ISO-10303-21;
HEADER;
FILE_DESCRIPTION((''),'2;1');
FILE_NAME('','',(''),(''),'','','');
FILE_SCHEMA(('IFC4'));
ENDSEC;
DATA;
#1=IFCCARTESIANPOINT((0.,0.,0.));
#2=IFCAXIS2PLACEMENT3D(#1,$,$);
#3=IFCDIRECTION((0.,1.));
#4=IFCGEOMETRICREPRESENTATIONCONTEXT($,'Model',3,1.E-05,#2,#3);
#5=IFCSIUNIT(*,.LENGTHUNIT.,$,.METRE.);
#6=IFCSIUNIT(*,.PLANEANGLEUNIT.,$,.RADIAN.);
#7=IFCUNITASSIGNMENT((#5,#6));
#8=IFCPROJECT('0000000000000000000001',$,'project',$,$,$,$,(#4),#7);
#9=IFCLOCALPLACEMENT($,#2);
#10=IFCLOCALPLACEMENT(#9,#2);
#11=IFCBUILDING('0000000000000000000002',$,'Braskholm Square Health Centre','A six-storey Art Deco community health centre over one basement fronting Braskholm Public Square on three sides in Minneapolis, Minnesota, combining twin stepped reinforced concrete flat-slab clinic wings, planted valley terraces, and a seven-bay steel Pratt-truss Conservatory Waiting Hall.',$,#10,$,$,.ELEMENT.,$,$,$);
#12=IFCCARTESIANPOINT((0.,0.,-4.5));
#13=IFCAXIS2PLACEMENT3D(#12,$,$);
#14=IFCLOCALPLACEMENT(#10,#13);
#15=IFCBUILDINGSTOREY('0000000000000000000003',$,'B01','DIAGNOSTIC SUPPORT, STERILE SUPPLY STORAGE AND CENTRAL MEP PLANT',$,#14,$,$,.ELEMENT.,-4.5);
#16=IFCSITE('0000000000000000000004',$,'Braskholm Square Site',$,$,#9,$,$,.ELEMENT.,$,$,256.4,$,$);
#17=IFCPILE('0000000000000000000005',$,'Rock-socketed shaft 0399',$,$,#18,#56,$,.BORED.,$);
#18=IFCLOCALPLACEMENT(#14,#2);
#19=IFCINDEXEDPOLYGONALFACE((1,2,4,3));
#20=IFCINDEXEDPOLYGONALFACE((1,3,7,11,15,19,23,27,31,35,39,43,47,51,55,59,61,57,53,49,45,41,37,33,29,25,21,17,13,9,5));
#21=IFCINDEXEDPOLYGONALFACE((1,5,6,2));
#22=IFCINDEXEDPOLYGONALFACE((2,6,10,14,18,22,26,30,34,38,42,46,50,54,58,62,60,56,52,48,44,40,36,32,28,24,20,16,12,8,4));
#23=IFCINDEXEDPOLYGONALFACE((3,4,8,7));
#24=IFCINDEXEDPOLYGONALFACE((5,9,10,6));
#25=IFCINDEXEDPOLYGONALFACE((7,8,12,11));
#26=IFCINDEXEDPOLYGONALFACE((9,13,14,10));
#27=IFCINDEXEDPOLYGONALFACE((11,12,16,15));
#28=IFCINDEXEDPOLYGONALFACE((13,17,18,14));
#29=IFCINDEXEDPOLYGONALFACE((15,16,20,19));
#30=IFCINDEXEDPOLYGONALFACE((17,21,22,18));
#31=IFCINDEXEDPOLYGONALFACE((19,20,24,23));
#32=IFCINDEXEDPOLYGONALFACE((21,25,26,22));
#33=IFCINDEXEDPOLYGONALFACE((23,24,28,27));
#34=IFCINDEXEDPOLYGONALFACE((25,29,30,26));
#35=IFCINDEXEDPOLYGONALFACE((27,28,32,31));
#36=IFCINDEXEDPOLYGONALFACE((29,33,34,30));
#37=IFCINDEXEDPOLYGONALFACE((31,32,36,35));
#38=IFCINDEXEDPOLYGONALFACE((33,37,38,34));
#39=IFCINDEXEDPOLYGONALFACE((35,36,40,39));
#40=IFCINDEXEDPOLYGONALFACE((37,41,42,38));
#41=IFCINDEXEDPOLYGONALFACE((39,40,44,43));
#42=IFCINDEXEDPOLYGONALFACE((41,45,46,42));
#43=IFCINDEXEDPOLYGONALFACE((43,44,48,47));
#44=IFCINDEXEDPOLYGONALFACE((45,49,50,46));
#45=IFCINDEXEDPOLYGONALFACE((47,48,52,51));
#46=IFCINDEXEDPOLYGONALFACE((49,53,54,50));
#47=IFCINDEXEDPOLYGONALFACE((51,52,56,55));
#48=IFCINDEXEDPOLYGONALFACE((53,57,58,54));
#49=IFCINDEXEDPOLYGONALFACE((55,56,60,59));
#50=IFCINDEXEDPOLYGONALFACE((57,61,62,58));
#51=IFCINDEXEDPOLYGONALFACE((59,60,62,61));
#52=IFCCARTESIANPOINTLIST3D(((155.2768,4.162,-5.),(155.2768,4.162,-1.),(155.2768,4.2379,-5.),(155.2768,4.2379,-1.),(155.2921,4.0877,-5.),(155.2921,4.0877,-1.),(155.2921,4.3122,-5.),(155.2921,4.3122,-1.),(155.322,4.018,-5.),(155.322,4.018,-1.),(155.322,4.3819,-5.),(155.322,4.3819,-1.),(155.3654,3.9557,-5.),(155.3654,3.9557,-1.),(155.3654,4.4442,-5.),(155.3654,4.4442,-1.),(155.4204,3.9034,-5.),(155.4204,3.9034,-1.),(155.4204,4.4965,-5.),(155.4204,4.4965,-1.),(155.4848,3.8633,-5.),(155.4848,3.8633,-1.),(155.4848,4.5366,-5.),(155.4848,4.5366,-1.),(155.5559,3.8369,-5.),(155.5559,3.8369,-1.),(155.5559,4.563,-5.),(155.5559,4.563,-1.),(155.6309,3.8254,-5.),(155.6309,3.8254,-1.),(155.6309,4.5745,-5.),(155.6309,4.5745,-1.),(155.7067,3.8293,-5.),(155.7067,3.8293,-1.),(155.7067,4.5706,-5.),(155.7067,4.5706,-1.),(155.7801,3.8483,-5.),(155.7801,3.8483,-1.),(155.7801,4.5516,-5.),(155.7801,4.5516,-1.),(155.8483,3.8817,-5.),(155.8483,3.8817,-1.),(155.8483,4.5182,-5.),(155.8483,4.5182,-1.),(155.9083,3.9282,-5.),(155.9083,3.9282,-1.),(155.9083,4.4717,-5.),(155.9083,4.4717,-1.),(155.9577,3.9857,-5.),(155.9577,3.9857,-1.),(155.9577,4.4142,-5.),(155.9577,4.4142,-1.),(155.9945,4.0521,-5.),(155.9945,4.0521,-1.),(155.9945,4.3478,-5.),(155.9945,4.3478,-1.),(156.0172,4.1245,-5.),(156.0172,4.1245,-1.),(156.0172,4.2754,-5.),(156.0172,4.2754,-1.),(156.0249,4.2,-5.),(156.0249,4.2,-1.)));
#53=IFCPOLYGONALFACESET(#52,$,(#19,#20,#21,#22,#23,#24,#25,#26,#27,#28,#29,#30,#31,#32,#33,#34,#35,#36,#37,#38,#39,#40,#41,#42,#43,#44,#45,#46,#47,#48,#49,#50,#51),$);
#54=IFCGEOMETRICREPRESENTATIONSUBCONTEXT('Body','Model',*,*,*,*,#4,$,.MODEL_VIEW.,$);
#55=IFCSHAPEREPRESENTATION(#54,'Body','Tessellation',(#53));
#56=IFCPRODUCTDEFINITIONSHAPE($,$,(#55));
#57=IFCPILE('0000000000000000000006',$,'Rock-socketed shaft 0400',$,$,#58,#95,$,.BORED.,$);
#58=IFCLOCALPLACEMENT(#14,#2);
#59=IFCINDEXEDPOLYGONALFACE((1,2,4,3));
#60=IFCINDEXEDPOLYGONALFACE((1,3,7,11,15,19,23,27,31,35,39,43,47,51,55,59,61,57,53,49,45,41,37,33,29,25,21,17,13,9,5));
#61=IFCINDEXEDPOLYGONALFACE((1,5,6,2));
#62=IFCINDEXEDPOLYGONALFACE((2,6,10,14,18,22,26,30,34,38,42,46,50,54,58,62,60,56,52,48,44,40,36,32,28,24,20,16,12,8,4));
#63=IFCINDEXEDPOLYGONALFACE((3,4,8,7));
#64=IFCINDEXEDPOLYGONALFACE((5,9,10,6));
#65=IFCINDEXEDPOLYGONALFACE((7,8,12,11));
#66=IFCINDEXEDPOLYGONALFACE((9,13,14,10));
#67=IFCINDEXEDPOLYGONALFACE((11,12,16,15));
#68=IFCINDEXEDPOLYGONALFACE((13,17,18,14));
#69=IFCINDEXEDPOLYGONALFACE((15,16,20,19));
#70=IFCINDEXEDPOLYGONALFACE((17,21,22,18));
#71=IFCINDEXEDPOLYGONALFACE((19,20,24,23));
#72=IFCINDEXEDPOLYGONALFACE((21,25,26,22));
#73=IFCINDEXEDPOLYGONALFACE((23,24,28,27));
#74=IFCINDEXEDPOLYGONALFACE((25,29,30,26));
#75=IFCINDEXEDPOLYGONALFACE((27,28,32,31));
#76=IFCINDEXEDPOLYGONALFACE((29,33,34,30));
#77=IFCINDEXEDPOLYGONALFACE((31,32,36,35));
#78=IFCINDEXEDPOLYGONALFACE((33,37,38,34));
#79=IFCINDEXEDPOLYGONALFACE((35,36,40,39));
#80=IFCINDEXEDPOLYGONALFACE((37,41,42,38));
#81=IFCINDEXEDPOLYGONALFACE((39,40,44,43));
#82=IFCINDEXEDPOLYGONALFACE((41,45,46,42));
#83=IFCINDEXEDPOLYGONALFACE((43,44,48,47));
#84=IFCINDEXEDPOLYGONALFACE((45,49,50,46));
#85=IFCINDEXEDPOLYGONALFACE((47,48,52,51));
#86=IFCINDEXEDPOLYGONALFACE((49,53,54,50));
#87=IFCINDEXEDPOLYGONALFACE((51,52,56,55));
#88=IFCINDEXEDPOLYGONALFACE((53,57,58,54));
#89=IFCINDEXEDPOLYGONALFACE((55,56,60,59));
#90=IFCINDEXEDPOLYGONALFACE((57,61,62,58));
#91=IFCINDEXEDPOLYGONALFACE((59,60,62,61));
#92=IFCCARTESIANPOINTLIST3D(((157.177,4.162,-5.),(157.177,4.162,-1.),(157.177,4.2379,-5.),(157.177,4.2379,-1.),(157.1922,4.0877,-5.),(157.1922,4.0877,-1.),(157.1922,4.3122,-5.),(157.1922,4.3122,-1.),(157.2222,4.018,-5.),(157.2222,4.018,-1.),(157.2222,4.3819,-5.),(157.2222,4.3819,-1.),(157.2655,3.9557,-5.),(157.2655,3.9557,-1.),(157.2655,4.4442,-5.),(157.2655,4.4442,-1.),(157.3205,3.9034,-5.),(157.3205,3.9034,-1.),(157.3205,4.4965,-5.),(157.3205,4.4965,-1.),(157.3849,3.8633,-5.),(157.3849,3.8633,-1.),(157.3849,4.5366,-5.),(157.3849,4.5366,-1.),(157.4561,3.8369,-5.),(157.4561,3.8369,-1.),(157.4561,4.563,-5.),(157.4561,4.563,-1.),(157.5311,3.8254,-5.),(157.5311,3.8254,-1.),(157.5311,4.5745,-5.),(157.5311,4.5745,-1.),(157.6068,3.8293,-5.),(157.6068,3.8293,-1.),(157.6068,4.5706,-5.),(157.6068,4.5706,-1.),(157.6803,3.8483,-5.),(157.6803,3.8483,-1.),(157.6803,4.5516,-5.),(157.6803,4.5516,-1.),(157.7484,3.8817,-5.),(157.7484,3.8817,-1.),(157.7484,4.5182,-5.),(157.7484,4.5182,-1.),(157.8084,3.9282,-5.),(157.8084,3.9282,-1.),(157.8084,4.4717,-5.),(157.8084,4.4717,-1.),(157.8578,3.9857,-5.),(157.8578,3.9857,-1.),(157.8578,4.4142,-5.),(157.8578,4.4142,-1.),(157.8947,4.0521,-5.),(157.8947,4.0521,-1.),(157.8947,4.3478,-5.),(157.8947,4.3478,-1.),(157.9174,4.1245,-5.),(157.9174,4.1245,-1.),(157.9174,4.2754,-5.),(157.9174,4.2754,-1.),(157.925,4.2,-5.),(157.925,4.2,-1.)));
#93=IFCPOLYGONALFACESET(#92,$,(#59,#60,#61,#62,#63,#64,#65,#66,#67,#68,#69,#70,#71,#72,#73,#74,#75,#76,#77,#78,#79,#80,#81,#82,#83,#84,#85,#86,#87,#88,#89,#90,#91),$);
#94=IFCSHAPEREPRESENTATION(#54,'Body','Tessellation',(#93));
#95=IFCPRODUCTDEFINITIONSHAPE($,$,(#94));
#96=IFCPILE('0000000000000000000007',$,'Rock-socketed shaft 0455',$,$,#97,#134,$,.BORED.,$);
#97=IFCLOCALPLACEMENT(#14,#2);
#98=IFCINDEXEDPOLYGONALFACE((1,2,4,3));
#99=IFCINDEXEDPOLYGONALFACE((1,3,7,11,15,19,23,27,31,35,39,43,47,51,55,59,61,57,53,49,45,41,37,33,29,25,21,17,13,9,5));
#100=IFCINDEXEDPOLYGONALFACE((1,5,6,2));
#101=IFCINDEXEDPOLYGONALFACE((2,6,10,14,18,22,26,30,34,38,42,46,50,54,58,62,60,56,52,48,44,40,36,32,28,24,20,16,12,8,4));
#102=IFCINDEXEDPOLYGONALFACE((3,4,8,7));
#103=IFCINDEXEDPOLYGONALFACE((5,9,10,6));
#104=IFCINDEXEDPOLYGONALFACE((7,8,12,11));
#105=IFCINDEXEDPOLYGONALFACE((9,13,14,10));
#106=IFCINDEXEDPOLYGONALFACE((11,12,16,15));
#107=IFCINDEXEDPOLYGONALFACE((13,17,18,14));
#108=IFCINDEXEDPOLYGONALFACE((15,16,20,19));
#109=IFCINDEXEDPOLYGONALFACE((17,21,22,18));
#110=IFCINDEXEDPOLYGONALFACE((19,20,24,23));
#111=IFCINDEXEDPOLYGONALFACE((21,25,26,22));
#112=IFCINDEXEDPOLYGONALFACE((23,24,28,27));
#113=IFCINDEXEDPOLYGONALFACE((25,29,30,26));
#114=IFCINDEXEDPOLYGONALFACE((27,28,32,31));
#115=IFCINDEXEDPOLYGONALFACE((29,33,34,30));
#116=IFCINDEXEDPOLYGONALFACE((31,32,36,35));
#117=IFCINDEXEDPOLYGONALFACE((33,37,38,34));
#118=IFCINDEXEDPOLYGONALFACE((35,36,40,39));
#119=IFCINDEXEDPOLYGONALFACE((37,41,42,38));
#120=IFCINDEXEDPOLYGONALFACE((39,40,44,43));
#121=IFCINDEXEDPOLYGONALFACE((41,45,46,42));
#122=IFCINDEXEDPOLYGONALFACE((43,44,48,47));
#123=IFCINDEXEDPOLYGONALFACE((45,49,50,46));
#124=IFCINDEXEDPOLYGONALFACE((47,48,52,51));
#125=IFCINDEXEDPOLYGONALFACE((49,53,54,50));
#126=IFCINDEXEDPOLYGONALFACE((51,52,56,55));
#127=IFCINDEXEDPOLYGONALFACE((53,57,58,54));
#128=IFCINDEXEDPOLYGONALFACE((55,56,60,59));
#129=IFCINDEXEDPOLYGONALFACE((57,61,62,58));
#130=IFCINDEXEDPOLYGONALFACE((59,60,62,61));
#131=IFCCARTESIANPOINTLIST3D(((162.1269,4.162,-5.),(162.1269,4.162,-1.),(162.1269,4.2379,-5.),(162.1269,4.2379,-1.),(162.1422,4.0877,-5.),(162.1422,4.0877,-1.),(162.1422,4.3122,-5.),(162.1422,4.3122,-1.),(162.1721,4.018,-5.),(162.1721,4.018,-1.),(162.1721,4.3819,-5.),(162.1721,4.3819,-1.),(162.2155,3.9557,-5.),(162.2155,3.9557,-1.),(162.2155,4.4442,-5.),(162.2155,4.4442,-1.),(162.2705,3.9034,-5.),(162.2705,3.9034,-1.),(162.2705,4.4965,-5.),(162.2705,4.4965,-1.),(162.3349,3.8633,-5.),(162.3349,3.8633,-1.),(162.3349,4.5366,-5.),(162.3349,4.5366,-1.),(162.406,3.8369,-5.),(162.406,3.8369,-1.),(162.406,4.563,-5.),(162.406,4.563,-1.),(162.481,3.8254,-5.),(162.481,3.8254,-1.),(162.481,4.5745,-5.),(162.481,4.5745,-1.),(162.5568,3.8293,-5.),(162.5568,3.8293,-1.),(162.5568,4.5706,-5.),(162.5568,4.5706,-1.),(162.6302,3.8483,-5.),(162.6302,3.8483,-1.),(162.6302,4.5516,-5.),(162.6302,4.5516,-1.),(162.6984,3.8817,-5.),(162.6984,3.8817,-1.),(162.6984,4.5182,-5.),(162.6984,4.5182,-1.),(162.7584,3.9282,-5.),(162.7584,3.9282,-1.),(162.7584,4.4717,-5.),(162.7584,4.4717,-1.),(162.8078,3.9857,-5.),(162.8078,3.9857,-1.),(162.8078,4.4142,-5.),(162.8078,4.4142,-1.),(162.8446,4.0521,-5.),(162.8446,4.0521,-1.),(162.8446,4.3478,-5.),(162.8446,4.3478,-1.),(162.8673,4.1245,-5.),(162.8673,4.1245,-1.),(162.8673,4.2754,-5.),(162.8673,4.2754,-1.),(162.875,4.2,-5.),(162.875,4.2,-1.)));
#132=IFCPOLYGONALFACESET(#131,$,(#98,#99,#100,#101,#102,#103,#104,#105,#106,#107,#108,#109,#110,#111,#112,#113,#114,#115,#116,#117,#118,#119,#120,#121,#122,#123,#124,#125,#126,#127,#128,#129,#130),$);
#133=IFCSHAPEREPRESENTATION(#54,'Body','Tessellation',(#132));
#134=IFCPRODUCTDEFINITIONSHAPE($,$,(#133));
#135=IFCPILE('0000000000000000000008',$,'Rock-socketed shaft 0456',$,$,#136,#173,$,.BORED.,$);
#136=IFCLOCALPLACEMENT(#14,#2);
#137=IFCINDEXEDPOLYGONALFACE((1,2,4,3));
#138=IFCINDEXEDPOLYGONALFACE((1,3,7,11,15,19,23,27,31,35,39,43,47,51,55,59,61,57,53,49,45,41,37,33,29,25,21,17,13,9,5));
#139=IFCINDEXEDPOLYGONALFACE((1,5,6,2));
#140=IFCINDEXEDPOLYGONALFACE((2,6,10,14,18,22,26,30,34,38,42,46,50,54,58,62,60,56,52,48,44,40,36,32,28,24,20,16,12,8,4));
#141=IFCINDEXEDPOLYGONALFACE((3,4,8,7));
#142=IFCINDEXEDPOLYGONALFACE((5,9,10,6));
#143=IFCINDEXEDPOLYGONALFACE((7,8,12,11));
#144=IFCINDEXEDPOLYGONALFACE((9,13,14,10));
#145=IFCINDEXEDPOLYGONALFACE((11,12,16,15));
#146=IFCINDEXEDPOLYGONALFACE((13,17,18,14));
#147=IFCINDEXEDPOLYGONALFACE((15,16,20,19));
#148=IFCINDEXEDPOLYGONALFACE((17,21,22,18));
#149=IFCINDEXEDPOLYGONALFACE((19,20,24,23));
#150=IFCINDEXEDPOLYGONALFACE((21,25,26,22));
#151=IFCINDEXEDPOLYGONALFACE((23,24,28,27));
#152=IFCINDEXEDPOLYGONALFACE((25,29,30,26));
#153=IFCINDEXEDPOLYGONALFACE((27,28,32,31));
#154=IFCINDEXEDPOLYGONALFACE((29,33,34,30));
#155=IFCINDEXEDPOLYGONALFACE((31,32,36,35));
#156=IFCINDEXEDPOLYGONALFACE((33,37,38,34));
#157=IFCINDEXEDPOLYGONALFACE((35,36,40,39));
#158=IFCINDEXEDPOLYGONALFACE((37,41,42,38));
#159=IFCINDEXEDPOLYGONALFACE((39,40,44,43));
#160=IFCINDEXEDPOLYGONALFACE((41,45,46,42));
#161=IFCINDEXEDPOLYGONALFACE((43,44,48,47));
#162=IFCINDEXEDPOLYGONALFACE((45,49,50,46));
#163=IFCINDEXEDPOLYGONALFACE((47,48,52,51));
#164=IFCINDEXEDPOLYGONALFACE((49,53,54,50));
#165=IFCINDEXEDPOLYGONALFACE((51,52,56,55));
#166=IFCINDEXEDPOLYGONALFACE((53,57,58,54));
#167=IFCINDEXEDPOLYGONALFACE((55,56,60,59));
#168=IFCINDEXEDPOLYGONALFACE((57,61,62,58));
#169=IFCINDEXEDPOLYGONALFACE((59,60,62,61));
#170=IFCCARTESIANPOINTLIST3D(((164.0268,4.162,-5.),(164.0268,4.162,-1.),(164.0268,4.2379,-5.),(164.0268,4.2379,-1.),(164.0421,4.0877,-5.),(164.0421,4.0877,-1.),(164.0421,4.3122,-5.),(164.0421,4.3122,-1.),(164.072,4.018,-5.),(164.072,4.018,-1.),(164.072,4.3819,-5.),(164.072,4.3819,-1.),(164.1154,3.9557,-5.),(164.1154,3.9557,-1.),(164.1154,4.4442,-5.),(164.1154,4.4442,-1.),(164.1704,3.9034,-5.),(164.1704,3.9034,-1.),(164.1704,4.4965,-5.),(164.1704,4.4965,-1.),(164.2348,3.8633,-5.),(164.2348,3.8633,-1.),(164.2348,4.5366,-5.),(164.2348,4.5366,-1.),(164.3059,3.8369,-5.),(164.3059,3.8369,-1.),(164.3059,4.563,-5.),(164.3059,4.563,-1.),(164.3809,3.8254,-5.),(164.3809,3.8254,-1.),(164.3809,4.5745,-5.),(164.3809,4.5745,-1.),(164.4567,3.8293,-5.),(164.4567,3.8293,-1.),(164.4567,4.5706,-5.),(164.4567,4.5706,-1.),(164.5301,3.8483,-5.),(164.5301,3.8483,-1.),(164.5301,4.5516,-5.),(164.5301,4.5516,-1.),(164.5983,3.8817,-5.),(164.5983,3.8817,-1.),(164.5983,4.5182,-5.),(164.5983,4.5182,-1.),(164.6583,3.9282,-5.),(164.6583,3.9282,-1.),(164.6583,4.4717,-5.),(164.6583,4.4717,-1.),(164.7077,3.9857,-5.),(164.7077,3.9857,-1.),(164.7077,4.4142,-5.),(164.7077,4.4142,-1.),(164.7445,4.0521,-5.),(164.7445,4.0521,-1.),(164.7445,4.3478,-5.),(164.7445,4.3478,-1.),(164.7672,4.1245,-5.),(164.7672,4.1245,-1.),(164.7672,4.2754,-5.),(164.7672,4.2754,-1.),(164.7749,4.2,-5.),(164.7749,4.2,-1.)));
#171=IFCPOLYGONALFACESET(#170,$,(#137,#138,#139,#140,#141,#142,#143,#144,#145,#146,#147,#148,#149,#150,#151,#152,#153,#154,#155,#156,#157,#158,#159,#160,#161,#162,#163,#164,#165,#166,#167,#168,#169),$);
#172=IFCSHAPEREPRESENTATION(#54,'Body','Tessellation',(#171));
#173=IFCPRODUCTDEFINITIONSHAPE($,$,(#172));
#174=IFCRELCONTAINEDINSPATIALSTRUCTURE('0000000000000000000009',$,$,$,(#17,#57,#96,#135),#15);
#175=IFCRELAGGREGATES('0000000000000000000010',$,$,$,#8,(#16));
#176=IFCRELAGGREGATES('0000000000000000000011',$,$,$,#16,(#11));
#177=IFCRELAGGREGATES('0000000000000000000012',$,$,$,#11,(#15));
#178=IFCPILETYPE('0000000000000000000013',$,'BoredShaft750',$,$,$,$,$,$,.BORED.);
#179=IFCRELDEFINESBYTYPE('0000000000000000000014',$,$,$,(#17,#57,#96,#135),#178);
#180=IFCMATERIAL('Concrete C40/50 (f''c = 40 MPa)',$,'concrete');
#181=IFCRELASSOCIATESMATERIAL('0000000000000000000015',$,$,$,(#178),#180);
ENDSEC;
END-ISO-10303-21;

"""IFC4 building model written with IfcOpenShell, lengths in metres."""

from ifc_helpers import new_model, si_unit, direction, frame, origin, origin_2d, place, context, subcontext, project, spatial, circle, extrude, material, material_profile, profile_set, type_object, element, save


model = new_model("IFC4")

# Units and contexts
model_context = context("Model", 3, precision=1e-05, world=origin(), true_north=direction((0.0, 1.0)))
body_context = subcontext(model_context, "Body", "Model", "MODEL_VIEW")
ifc_project = project(units=[si_unit("LENGTHUNIT", "METRE"), si_unit("PLANEANGLEUNIT", "RADIAN")], contexts=[model_context])

# Site, building, storey
site_placement = place(None, origin())
site = spatial("IfcSite", under=ifc_project, at=site_placement, Name="Braskholm Square Site", CompositionType="ELEMENT", RefElevation=256.4)
building_placement = place(site_placement, origin())
building = spatial("IfcBuilding", under=site, at=building_placement, Name="Braskholm Square Health Centre", Description="A six-storey Art Deco community health centre over one basement fronting Braskholm Public Square on three sides in Minneapolis, Minnesota, combining twin stepped reinforced concrete flat-slab clinic wings, planted valley terraces, and a seven-bay steel Pratt-truss Conservatory Waiting Hall.", CompositionType="ELEMENT")
storey_placement = place(building_placement, frame((0.0, 0.0, -4.5)))
storey = spatial("IfcBuildingStorey", under=building, at=storey_placement, Name="B01", Description="DIAGNOSTIC SUPPORT, STERILE SUPPLY STORAGE AND CENTRAL MEP PLANT", CompositionType="ELEMENT", Elevation=-4.5)

# Piles
ifc_material_1 = material(Name="Concrete C40/50 (f'c = 40 MPa)", Category="concrete")
ifc_material_profile_1 = material_profile(ifc_material_1, circle(Radius=0.375, at=origin_2d()), Name="BORED-PILE-750")
ifc_profile_set_1 = profile_set([ifc_material_profile_1], Name="Concrete C40/50 (f'c = 40 MPa)")
pile_type_1 = type_object("IfcPileType", Name="BoredShaft750", PredefinedType="BORED", material=ifc_profile_set_1)
for number, where, z_axis, x_axis, name in (
    (1, (155.6499, 4.2, -1.0), (0.0, 0.0, -1.0), (1.0, 0.0, 0.0), "Rock-socketed shaft 0399"),
    (2, (157.55, 4.2, -1.0), (0.0, 0.0, -1.0), (1.0, 0.0, 0.0), "Rock-socketed shaft 0400"),
    (3, (162.5, 4.2, -1.0), (0.0, 0.0, -1.0), (1.0, 0.0, 0.0), "Rock-socketed shaft 0455"),
    (4, (164.3999, 4.2, -1.0), (0.0, 0.0, -1.0), (1.0, 0.0, 0.0), "Rock-socketed shaft 0456"),
):
    element("IfcPile", number, at=place(storey_placement, frame(where, z_axis=z_axis, x_axis=x_axis)), inside=storey, type_object=pile_type_1, Name=name, PredefinedType="BORED", context=body_context, shape_type="SweptSolid", body=[
        extrude(circle(Radius=0.375, at=origin_2d()), origin(), (0.0, 0.0, 1.0), 4.0),
    ])

save(model, "model.ifc")
